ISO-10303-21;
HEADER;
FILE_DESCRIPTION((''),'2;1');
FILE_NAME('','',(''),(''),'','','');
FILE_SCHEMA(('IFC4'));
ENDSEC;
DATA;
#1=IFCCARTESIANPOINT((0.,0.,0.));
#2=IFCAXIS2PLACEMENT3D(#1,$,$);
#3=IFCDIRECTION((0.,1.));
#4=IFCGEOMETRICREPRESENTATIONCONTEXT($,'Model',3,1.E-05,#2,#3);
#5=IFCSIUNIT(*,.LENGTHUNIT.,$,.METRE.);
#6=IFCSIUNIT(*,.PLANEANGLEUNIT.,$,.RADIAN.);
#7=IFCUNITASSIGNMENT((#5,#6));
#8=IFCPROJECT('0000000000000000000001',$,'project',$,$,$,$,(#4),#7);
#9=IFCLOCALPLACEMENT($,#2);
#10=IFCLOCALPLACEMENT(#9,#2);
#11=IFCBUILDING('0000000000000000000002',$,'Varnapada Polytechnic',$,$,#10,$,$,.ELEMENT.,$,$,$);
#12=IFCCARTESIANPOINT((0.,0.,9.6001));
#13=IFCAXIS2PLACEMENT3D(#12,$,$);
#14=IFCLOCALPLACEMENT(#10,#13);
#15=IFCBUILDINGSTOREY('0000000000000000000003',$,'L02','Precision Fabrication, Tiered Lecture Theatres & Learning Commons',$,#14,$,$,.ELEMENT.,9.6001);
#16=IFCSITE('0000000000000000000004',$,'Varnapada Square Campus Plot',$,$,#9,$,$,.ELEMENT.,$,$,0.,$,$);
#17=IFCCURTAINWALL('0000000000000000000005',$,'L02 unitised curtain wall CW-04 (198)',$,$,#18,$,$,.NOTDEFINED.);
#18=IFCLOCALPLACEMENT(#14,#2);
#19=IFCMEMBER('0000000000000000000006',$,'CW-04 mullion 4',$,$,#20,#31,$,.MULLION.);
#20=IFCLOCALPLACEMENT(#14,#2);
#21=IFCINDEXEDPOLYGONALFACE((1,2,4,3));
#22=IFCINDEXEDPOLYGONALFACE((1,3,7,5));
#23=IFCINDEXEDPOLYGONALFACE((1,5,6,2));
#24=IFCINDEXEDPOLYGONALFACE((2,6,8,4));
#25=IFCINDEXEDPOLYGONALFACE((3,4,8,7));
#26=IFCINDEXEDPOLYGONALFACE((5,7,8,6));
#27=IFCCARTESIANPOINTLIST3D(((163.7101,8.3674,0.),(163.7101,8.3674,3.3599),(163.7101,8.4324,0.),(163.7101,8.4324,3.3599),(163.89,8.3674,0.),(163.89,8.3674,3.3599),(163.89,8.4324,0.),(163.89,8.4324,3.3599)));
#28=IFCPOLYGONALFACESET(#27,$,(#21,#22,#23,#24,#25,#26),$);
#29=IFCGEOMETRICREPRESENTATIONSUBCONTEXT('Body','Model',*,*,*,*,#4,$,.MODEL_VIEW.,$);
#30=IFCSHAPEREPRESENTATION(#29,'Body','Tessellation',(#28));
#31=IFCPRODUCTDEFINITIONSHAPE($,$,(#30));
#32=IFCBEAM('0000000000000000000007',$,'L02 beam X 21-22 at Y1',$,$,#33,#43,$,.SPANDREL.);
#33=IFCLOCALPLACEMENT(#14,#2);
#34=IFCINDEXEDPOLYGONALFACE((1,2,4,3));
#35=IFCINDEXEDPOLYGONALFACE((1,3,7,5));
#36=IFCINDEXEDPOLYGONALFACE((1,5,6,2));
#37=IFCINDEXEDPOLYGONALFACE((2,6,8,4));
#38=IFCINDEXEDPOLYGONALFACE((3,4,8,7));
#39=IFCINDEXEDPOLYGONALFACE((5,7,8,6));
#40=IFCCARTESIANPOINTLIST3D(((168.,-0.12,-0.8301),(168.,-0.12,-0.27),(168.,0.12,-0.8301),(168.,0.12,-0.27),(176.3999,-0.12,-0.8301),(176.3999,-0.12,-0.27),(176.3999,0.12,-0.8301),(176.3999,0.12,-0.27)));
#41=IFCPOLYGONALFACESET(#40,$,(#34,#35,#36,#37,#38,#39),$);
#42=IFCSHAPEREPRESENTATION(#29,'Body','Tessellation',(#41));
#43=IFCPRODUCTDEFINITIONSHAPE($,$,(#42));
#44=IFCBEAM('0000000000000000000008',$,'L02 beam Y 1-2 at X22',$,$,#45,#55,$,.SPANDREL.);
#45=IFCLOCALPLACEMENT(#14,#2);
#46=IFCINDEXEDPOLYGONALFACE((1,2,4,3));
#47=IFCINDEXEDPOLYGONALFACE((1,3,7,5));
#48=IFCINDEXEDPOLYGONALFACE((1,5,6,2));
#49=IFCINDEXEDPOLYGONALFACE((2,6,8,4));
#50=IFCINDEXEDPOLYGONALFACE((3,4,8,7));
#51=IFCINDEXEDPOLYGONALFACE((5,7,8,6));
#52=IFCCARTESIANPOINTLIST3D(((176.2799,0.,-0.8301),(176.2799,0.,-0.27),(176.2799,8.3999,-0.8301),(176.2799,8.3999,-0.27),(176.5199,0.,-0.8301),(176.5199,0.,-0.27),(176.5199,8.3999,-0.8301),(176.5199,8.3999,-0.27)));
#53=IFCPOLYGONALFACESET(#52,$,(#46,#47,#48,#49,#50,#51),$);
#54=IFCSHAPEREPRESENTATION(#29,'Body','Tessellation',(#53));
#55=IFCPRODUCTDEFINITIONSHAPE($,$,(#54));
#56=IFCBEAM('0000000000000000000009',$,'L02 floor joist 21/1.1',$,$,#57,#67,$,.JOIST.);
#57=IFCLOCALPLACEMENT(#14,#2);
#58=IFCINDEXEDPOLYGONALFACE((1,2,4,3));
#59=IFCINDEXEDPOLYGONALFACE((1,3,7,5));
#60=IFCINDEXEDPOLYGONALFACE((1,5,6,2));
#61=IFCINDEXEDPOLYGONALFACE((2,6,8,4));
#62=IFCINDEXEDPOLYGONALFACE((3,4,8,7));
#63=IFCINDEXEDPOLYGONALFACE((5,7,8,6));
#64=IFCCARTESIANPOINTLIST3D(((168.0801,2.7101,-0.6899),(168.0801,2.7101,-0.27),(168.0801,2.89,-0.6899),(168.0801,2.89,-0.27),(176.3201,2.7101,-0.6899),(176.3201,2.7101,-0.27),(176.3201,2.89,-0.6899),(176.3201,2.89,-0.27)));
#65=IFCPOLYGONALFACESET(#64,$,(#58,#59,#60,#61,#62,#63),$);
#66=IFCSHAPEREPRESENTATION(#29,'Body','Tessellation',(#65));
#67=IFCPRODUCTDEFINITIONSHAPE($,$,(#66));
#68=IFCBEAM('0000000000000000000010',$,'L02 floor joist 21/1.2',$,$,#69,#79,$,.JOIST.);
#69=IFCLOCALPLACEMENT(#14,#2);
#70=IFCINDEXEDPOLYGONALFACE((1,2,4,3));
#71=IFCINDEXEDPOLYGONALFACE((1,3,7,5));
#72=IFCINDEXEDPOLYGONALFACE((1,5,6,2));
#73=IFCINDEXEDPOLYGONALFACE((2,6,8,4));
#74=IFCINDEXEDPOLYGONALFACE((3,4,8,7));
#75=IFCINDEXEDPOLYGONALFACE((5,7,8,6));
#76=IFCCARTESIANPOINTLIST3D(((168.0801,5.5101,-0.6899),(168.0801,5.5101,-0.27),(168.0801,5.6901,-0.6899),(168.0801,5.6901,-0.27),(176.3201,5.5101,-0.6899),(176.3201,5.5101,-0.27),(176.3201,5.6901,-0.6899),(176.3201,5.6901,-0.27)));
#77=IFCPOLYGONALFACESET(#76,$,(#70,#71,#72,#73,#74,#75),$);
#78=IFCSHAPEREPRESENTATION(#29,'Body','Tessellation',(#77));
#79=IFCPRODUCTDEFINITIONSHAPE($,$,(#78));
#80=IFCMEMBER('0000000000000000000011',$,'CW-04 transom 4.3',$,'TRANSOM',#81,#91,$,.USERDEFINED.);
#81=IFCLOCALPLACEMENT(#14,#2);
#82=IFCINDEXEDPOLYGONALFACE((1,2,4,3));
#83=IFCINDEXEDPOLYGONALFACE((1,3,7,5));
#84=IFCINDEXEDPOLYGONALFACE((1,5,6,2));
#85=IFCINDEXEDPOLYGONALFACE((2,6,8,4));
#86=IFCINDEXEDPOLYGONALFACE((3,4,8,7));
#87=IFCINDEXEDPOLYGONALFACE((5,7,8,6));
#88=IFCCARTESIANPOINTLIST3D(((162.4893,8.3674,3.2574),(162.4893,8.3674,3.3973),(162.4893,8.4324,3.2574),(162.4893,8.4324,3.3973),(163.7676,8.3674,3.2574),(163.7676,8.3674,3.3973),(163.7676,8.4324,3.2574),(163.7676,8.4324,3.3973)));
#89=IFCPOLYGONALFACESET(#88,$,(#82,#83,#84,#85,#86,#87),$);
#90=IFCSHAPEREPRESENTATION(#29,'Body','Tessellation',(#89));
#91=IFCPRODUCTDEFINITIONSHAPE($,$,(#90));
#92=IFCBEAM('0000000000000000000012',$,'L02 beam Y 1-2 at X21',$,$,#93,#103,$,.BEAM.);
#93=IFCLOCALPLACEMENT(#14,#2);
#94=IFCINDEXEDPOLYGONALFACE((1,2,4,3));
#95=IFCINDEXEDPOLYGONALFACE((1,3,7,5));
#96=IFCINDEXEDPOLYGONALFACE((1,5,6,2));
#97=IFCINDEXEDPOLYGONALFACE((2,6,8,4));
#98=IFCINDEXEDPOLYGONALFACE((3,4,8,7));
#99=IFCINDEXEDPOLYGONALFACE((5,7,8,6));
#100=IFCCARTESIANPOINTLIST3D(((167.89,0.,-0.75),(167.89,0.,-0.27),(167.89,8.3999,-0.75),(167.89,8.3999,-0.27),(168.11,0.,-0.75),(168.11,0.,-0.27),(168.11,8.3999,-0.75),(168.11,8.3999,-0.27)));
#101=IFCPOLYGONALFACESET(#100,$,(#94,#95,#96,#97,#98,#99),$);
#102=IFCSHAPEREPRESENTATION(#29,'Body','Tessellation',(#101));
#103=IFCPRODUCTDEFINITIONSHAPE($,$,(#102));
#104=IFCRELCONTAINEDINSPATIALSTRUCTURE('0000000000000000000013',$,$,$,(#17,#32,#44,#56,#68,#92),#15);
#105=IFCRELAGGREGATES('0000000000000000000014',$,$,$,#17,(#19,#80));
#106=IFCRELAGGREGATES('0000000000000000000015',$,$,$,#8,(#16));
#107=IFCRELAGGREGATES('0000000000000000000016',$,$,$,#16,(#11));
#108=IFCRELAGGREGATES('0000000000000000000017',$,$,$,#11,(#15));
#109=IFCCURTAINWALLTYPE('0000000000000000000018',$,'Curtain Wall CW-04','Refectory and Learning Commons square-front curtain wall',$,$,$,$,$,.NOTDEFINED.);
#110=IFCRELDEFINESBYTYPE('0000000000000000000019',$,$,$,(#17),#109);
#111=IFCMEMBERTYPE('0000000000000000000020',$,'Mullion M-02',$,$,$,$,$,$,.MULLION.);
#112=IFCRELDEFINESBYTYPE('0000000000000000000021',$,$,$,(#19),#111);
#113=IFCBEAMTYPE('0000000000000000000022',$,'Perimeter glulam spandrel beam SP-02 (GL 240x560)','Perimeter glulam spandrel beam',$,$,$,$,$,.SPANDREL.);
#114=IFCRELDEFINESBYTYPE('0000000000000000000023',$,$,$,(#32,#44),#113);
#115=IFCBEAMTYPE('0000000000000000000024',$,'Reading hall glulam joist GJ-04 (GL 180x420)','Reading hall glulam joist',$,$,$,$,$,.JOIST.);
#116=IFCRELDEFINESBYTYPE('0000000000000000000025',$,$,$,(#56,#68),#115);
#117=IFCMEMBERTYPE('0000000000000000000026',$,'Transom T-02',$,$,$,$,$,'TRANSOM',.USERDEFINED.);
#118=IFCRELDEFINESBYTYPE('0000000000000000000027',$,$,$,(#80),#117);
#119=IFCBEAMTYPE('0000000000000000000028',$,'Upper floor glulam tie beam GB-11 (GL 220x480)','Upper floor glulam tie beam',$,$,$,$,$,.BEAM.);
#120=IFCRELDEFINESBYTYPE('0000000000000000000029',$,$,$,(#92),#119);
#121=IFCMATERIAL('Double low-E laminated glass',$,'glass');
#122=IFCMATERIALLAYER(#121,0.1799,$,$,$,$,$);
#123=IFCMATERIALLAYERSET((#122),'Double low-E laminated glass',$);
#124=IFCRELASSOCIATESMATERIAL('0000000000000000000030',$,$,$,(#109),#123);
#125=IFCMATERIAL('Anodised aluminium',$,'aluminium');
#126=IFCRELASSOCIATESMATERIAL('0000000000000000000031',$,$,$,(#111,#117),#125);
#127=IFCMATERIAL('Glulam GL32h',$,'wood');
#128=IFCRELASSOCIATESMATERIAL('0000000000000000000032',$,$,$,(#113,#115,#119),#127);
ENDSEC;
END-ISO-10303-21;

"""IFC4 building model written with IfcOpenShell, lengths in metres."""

from ifc_helpers import new_model, si_unit, direction, frame, origin, origin_2d, place, context, subcontext, project, spatial, rectangle, extrude, material, layer, layer_set, material_profile, profile_set, type_object, element, aggregate, save


model = new_model("IFC4")

# Units and contexts
model_context = context("Model", 3, precision=1e-05, world=origin(), true_north=direction((0.0, 1.0)))
body_context = subcontext(model_context, "Body", "Model", "MODEL_VIEW")
ifc_project = project(units=[si_unit("LENGTHUNIT", "METRE"), si_unit("PLANEANGLEUNIT", "RADIAN")], contexts=[model_context])

# Site, building, storey
site_placement = place(None, origin())
site = spatial("IfcSite", under=ifc_project, at=site_placement, Name="Varnapada Square Campus Plot", CompositionType="ELEMENT", RefElevation=0.0)
building_placement = place(site_placement, origin())
building = spatial("IfcBuilding", under=site, at=building_placement, Name="Varnapada Polytechnic", CompositionType="ELEMENT")
storey_placement = place(building_placement, frame((0.0, 0.0, 9.6001)))
storey = spatial("IfcBuildingStorey", under=building, at=storey_placement, Name="L02", Description="Precision Fabrication, Tiered Lecture Theatres & Learning Commons", CompositionType="ELEMENT", Elevation=9.6001)

# Curtain wall, member
ifc_material_1 = material(Name="Double low-E laminated glass", Category="glass")
ifc_layer_1 = layer(ifc_material_1, 0.1799)
ifc_layer_set_1 = layer_set([ifc_layer_1], Name="Double low-E laminated glass")
curtain_wall_type = type_object("IfcCurtainWallType", Name="Curtain Wall CW-04", Description="Refectory and Learning Commons square-front curtain wall", PredefinedType="NOTDEFINED", material=ifc_layer_set_1)
curtain_wall_placement = place(storey_placement, origin())
curtain_wall = element("IfcCurtainWall", 1, at=curtain_wall_placement, inside=storey, type_object=curtain_wall_type, Name="L02 unitised curtain wall CW-04 (198)", PredefinedType="NOTDEFINED")
ifc_material_2 = material(Name="Anodised aluminium", Category="aluminium")
ifc_material_profile_1 = material_profile(ifc_material_2, rectangle(XDim=0.0649, YDim=0.1799, at=origin_2d()), Name="ALU M65x180")
ifc_profile_set_1 = profile_set([ifc_material_profile_1], Name="Anodised aluminium")
member_type_1 = type_object("IfcMemberType", Name="Mullion M-02", PredefinedType="MULLION", material=ifc_profile_set_1)
member_1_placement = place(storey_placement, frame((163.8, 8.3999, 0.0), z_axis=(0.0, 0.0, 1.0), x_axis=(0.0, -1.0, 0.0)))
member_1 = element("IfcMember", 2, at=member_1_placement, type_object=member_type_1, Name="CW-04 mullion 4", PredefinedType="MULLION", context=body_context, shape_type="SweptSolid", body=[
    extrude(rectangle(XDim=0.0649, YDim=0.1799, at=origin_2d()), origin(), (0.0, 0.0, 1.0), 3.3599),
])

# Beams
ifc_material_3 = material(Name="Glulam GL32h", Category="wood")
ifc_material_profile_2 = material_profile(ifc_material_3, rectangle(XDim=0.24, YDim=0.5601, at=origin_2d()), Name="GL 240x560")
ifc_profile_set_2 = profile_set([ifc_material_profile_2], Name="Glulam GL32h")
beam_type_1 = type_object("IfcBeamType", Name="Perimeter glulam spandrel beam SP-02 (GL 240x560)", Description="Perimeter glulam spandrel beam", PredefinedType="SPANDREL", material=ifc_profile_set_2)
for number, where, z_axis, x_axis, name in (
    (3, (168.0, 0.0, -0.55), (1.0, 0.0, 0.0), (0.0, 1.0, 0.0), "L02 beam X 21-22 at Y1"),
    (4, (176.3999, 0.0, -0.55), (0.0, 1.0, 0.0), (-1.0, 0.0, 0.0), "L02 beam Y 1-2 at X22"),
):
    element("IfcBeam", number, at=place(storey_placement, frame(where, z_axis=z_axis, x_axis=x_axis)), inside=storey, type_object=beam_type_1, Name=name, PredefinedType="SPANDREL", context=body_context, shape_type="SweptSolid", body=[
        extrude(rectangle(XDim=0.24, YDim=0.5601, at=origin_2d()), origin(), (0.0, 0.0, 1.0), 8.3999),
    ])
ifc_material_profile_3 = material_profile(ifc_material_3, rectangle(XDim=0.1799, YDim=0.4199, at=origin_2d()), Name="GL 180x420")
ifc_profile_set_3 = profile_set([ifc_material_profile_3], Name="Glulam GL32h")
beam_type_2 = type_object("IfcBeamType", Name="Reading hall glulam joist GJ-04 (GL 180x420)", Description="Reading hall glulam joist", PredefinedType="JOIST", material=ifc_profile_set_3)
for number, where, z_axis, x_axis, name in (
    (5, (168.0801, 2.8, -0.48), (1.0, 0.0, 0.0), (0.0, 1.0, 0.0), "L02 floor joist 21/1.1"),
    (6, (168.0801, 5.6001, -0.48), (1.0, 0.0, 0.0), (0.0, 1.0, 0.0), "L02 floor joist 21/1.2"),
):
    element("IfcBeam", number, at=place(storey_placement, frame(where, z_axis=z_axis, x_axis=x_axis)), inside=storey, type_object=beam_type_2, Name=name, PredefinedType="JOIST", context=body_context, shape_type="SweptSolid", body=[
        extrude(rectangle(XDim=0.1799, YDim=0.4199, at=origin_2d()), origin(), (0.0, 0.0, 1.0), 8.24),
    ])

# Member
ifc_material_profile_4 = material_profile(ifc_material_2, rectangle(XDim=0.0649, YDim=0.1399, at=origin_2d()), Name="ALU T65x140")
ifc_profile_set_4 = profile_set([ifc_material_profile_4], Name="Anodised aluminium")
member_type_2 = type_object("IfcMemberType", Name="Transom T-02", ElementType="TRANSOM", PredefinedType="USERDEFINED", material=ifc_profile_set_4)
member_2_placement = place(storey_placement, frame((163.7676, 8.3999, 3.3274), z_axis=(-1.0, 0.0, 0.0), x_axis=(0.0, -1.0, 0.0)))
member_2 = element("IfcMember", 7, at=member_2_placement, type_object=member_type_2, Name="CW-04 transom 4.3", ObjectType="TRANSOM", PredefinedType="USERDEFINED", context=body_context, shape_type="SweptSolid", body=[
    extrude(rectangle(XDim=0.0649, YDim=0.1399, at=origin_2d()), origin(), (0.0, 0.0, 1.0), 1.2783),
])
aggregate(curtain_wall, [member_1, member_2])

# Beam
ifc_material_profile_5 = material_profile(ifc_material_3, rectangle(XDim=0.22, YDim=0.48, at=origin_2d()), Name="GL 220x480")
ifc_profile_set_5 = profile_set([ifc_material_profile_5], Name="Glulam GL32h")
beam_type_3 = type_object("IfcBeamType", Name="Upper floor glulam tie beam GB-11 (GL 220x480)", Description="Upper floor glulam tie beam", PredefinedType="BEAM", material=ifc_profile_set_5)
beam_placement = place(storey_placement, frame((168.0, 0.0, -0.51), z_axis=(0.0, 1.0, 0.0), x_axis=(-1.0, 0.0, 0.0)))
element("IfcBeam", 8, at=beam_placement, inside=storey, type_object=beam_type_3, Name="L02 beam Y 1-2 at X21", PredefinedType="BEAM", context=body_context, shape_type="SweptSolid", body=[
    extrude(rectangle(XDim=0.22, YDim=0.48, at=origin_2d()), origin(), (0.0, 0.0, 1.0), 8.3999),
])

save(model, "model.ifc")
